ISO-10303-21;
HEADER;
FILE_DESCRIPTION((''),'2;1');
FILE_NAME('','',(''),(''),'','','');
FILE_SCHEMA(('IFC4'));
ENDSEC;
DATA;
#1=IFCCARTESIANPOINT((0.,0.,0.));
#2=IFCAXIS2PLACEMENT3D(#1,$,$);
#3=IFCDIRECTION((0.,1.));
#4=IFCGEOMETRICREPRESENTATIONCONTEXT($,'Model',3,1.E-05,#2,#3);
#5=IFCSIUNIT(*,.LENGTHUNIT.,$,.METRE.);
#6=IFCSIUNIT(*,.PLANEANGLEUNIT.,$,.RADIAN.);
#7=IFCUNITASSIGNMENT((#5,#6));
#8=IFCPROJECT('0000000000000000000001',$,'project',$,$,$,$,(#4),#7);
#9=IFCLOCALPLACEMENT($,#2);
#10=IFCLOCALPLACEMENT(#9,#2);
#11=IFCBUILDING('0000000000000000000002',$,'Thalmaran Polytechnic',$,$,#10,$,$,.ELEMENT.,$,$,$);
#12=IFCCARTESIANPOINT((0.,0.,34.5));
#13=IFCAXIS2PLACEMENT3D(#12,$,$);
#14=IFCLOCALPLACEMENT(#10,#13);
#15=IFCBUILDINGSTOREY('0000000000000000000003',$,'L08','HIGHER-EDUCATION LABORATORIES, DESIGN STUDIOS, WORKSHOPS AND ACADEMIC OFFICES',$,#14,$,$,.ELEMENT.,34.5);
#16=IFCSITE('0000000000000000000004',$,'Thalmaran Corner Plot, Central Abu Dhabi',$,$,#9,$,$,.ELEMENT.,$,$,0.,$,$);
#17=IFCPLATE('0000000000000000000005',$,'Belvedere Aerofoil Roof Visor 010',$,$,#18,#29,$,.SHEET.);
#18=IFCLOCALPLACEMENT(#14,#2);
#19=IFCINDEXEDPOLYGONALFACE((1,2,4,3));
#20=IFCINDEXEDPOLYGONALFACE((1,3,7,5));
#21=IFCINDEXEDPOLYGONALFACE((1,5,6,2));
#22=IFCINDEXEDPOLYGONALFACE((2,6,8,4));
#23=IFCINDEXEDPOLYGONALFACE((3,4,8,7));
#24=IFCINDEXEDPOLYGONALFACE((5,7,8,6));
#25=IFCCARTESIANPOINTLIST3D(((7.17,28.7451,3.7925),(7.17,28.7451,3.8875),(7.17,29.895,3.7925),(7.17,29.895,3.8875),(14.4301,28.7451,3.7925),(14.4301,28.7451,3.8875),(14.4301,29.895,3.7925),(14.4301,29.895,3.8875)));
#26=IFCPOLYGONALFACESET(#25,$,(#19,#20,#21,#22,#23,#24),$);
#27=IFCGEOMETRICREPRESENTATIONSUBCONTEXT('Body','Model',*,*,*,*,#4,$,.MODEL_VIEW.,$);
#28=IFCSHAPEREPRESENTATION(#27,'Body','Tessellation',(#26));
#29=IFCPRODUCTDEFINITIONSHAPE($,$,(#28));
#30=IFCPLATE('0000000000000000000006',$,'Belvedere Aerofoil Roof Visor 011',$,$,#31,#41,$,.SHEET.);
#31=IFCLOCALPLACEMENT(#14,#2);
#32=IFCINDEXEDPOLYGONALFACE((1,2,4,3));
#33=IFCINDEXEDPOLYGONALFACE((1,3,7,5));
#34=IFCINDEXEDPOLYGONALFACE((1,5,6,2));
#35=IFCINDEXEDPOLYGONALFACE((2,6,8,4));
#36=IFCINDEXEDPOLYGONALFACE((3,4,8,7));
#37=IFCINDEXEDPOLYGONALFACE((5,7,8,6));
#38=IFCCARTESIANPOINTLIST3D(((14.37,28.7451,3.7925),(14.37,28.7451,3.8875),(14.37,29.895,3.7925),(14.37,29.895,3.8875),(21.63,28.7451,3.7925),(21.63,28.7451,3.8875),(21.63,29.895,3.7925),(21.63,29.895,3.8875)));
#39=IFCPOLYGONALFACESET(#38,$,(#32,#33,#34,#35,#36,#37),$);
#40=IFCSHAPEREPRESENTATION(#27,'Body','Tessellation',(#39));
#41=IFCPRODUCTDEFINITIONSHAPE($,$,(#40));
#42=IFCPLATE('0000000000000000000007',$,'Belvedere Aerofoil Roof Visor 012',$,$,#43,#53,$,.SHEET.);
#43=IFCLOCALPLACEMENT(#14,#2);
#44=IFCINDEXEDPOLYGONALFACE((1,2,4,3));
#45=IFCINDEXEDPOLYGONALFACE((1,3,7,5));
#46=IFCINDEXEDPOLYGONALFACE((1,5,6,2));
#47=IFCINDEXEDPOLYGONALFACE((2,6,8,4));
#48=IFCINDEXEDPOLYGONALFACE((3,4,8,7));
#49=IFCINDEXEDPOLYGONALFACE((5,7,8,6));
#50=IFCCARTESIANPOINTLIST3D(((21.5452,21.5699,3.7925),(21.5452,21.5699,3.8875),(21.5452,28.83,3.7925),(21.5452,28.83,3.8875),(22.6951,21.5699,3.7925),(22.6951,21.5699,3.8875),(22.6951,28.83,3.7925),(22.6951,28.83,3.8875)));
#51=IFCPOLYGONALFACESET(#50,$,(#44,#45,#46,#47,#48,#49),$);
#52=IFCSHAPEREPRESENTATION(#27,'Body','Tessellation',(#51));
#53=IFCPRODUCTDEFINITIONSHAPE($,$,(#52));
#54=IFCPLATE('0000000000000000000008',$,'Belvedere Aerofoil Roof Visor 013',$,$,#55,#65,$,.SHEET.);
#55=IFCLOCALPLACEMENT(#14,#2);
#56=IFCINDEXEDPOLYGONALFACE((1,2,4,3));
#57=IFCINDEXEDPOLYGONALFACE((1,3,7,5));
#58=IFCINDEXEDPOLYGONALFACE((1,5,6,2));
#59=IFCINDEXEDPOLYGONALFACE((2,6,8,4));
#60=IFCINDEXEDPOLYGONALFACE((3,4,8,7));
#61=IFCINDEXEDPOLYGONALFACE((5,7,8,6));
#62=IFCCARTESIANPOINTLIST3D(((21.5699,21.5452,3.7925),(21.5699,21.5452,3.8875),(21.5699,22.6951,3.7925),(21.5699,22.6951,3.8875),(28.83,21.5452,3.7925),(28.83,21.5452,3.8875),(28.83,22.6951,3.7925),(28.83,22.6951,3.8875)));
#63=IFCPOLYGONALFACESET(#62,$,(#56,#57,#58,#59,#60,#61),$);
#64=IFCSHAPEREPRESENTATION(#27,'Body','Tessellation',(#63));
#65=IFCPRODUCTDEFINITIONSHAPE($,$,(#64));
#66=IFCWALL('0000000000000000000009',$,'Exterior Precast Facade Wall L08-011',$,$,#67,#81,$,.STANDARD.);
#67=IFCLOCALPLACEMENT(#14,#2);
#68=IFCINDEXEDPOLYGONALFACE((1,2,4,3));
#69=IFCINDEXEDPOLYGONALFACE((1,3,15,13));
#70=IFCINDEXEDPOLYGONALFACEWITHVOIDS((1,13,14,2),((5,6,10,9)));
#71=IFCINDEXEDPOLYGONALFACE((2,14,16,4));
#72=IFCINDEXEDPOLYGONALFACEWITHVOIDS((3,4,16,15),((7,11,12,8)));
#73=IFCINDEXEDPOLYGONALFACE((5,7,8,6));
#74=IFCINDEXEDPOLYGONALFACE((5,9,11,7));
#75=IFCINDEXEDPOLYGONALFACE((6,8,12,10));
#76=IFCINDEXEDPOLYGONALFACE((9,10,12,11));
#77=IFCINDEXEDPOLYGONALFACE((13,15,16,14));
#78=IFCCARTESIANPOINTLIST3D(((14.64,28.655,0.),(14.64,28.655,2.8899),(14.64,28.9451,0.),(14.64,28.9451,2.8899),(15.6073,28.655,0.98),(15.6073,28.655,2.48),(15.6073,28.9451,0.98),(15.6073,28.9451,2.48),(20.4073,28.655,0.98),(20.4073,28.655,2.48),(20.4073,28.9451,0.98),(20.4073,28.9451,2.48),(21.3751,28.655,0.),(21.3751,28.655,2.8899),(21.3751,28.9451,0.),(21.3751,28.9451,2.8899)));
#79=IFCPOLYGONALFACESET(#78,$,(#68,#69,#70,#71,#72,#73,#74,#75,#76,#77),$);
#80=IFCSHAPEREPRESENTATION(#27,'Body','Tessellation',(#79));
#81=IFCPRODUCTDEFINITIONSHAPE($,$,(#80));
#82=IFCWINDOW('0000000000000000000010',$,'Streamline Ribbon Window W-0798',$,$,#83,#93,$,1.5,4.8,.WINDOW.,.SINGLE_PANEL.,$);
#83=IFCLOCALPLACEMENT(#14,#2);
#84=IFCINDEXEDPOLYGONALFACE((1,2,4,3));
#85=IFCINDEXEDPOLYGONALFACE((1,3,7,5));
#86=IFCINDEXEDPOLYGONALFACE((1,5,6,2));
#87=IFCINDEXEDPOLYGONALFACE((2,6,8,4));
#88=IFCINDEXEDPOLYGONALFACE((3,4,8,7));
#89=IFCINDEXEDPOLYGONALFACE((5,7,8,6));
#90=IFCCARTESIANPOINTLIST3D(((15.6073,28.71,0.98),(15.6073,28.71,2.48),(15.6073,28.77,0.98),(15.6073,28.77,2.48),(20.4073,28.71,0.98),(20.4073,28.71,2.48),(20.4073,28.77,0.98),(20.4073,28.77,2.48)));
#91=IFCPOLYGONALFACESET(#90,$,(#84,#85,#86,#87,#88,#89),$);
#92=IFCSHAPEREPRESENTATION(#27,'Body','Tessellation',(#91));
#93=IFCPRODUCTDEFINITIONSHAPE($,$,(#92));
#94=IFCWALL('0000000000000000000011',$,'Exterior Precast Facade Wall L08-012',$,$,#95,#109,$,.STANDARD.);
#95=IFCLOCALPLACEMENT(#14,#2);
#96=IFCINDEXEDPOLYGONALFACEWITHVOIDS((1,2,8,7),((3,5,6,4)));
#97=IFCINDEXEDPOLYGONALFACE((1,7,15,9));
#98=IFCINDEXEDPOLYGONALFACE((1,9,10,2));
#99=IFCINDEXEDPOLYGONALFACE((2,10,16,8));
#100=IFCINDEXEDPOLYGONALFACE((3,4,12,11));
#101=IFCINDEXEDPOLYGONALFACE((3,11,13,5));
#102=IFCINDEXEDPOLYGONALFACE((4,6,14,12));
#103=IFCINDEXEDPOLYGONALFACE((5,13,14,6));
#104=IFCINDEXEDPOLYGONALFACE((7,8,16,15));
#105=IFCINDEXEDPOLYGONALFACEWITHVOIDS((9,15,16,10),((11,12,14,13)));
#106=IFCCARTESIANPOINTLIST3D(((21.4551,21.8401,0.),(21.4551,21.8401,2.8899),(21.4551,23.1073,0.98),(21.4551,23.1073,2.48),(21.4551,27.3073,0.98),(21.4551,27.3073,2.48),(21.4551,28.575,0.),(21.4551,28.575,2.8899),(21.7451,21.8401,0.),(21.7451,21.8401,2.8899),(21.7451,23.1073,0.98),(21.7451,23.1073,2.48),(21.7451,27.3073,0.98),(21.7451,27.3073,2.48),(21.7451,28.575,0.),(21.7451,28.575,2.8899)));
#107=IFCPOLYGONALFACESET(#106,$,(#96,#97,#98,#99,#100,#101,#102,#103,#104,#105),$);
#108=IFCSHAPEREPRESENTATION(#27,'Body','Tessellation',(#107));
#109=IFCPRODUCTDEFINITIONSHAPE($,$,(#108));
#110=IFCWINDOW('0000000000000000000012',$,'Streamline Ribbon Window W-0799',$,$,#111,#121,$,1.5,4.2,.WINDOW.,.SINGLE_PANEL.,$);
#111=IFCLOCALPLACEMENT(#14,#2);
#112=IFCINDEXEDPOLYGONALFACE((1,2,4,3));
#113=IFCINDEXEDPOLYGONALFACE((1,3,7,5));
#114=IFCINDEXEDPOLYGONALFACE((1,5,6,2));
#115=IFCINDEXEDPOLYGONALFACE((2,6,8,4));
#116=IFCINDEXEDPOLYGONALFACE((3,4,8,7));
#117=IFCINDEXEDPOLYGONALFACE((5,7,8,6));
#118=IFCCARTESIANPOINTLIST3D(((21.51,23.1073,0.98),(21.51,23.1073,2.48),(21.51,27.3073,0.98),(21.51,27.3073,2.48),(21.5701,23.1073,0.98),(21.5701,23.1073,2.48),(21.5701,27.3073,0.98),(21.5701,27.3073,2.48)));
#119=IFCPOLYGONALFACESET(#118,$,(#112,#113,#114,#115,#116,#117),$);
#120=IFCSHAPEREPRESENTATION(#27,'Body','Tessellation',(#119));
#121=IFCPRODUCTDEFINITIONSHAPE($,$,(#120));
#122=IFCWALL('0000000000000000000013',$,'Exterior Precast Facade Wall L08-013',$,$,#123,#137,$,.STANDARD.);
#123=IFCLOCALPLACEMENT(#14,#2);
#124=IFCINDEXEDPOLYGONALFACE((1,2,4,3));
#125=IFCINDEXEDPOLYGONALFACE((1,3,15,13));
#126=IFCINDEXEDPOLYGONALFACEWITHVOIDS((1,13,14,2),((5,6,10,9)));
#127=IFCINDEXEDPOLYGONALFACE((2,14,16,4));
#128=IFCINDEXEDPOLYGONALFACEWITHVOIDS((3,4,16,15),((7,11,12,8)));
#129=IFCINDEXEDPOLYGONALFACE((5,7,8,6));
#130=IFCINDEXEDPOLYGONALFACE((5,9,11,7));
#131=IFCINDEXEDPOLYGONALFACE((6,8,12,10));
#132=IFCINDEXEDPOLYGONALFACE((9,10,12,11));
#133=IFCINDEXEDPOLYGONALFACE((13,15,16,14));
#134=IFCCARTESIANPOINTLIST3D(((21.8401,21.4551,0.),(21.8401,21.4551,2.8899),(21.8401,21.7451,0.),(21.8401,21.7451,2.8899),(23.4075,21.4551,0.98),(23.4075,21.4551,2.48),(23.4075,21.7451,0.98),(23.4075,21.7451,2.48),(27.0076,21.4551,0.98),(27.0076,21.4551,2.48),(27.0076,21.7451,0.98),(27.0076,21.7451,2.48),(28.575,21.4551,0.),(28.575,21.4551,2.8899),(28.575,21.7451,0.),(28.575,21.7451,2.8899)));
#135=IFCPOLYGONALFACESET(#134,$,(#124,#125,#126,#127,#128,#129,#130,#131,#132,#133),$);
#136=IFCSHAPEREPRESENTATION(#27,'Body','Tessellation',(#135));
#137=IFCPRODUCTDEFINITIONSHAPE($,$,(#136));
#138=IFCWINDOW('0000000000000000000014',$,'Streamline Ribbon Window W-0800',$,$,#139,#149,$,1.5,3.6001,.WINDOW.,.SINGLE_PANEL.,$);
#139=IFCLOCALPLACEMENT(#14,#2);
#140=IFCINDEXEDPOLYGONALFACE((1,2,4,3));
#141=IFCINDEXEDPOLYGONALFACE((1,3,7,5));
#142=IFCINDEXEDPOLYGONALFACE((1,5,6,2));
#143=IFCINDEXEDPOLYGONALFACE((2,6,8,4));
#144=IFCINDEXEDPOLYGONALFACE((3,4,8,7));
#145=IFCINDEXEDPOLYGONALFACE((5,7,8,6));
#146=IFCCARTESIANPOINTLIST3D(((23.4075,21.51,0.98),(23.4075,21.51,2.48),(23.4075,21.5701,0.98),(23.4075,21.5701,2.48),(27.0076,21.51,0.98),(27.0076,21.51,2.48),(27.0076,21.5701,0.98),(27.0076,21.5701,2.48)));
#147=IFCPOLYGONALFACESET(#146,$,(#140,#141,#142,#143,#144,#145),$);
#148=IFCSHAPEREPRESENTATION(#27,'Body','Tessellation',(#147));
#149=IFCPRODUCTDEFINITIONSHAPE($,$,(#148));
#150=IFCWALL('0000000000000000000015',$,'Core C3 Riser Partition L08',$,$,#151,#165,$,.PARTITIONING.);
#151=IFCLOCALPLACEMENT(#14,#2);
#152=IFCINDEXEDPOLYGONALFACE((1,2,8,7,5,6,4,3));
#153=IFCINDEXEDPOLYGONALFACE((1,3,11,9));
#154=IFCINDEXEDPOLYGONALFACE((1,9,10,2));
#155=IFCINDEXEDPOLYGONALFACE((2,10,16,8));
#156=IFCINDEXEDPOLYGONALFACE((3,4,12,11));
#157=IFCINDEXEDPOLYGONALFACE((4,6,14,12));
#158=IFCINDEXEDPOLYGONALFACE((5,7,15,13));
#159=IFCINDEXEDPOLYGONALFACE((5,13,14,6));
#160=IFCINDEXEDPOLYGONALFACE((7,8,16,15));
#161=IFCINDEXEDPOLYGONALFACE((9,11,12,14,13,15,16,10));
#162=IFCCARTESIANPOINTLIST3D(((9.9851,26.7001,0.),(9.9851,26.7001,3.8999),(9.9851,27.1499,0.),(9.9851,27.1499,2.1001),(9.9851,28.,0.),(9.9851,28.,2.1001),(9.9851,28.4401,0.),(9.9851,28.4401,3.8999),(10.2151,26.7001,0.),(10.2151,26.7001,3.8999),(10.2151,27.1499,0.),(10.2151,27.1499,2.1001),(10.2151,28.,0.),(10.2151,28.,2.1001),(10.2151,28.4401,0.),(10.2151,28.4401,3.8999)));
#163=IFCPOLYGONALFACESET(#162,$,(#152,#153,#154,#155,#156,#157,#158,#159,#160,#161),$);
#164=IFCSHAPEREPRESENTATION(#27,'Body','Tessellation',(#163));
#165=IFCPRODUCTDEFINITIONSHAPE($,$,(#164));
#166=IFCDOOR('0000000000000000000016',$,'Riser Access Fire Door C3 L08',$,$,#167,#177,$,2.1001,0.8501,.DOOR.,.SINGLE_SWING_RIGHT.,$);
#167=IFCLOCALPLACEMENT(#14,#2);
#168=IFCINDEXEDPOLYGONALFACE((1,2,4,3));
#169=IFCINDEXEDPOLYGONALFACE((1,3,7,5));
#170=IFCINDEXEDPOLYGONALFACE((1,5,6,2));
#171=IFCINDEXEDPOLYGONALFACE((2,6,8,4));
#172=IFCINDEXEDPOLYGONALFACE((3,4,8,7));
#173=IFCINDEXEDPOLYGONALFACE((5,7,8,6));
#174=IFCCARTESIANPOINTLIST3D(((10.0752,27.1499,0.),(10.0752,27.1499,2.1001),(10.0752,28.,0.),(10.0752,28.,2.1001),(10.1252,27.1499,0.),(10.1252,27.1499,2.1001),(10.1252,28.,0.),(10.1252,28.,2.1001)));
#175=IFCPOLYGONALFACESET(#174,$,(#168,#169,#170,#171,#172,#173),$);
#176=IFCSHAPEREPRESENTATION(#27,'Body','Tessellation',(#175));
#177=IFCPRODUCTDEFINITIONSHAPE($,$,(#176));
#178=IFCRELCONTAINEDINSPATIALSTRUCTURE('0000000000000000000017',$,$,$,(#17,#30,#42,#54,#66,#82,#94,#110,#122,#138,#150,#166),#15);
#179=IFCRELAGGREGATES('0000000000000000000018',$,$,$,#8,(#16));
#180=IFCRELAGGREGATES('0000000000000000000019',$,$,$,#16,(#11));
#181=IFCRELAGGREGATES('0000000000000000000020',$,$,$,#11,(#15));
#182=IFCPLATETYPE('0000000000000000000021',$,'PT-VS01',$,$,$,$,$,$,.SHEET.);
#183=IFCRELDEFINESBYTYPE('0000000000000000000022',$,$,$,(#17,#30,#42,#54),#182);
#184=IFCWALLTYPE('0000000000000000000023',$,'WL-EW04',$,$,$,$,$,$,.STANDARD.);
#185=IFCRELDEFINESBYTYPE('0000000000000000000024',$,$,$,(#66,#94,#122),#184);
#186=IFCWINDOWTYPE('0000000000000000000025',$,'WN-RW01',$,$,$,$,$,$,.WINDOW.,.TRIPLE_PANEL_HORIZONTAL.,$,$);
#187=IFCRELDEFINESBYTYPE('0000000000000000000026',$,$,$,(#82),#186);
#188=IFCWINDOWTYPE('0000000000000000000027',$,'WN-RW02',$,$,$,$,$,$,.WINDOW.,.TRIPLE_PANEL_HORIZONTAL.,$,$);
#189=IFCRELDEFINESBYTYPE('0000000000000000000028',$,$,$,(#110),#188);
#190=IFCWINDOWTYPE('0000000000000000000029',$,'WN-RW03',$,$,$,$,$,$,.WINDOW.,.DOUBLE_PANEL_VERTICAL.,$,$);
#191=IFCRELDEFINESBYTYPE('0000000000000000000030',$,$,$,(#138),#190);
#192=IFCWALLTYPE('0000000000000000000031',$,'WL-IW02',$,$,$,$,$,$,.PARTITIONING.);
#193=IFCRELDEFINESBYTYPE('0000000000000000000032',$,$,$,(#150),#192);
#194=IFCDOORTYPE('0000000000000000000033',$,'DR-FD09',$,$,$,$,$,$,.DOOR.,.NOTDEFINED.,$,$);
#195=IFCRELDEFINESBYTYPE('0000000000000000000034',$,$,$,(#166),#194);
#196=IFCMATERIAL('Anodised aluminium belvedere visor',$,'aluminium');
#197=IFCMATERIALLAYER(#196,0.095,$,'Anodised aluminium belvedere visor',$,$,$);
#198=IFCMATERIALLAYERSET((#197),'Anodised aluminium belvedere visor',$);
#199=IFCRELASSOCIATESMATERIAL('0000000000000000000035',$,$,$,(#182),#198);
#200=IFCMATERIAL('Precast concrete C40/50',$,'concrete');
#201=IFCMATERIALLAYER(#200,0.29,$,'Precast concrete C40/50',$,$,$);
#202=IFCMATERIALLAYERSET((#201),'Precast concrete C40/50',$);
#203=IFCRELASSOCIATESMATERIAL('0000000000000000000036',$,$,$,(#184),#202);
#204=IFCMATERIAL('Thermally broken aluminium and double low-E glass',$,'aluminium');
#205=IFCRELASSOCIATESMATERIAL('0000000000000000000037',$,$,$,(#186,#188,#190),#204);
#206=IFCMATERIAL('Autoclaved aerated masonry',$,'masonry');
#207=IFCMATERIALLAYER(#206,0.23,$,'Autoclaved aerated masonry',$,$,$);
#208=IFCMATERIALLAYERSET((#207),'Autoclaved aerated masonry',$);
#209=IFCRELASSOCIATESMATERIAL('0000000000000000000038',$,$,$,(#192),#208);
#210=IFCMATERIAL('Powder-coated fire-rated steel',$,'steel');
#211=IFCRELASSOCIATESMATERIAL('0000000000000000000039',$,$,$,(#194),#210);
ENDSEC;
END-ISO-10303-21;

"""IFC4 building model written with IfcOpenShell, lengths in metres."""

from ifc_helpers import new_model, si_unit, direction, frame, frame_2d, origin, origin_2d, place, context, subcontext, project, spatial, rectangle, extrude, material, layer, layer_set, type_object, element, fill, save


model = new_model("IFC4")

# Units and contexts
model_context = context("Model", 3, precision=1e-05, world=origin(), true_north=direction((0.0, 1.0)))
body_context = subcontext(model_context, "Body", "Model", "MODEL_VIEW")
ifc_project = project(units=[si_unit("LENGTHUNIT", "METRE"), si_unit("PLANEANGLEUNIT", "RADIAN")], contexts=[model_context])

# Site, building, storey
site_placement = place(None, origin())
site = spatial("IfcSite", under=ifc_project, at=site_placement, Name="Thalmaran Corner Plot, Central Abu Dhabi", CompositionType="ELEMENT", RefElevation=0.0)
building_placement = place(site_placement, origin())
building = spatial("IfcBuilding", under=site, at=building_placement, Name="Thalmaran Polytechnic", CompositionType="ELEMENT")
storey_placement = place(building_placement, frame((0.0, 0.0, 34.5)))
storey = spatial("IfcBuildingStorey", under=building, at=storey_placement, Name="L08", Description="HIGHER-EDUCATION LABORATORIES, DESIGN STUDIOS, WORKSHOPS AND ACADEMIC OFFICES", CompositionType="ELEMENT", Elevation=34.5)

# Plates
ifc_material_1 = material(Name="Anodised aluminium belvedere visor", Category="aluminium")
ifc_layer_1 = layer(ifc_material_1, 0.095, Name="Anodised aluminium belvedere visor")
ifc_layer_set_1 = layer_set([ifc_layer_1], Name="Anodised aluminium belvedere visor")
plate_type_1 = type_object("IfcPlateType", Name="PT-VS01", PredefinedType="SHEET", material=ifc_layer_set_1)
for number, where, z_axis, x_axis, name in (
    (1, (10.8, 29.3201, 3.7925), (0.0, 0.0, 1.0), (1.0, 0.0, 0.0), "Belvedere Aerofoil Roof Visor 010"),
    (2, (18.0, 29.3201, 3.7925), (0.0, 0.0, 1.0), (1.0, 0.0, 0.0), "Belvedere Aerofoil Roof Visor 011"),
    (3, (22.1201, 25.2, 3.7925), (0.0, 0.0, 1.0), (0.0, -1.0, 0.0), "Belvedere Aerofoil Roof Visor 012"),
    (4, (25.2, 22.1201, 3.7925), (0.0, 0.0, 1.0), (1.0, 0.0, 0.0), "Belvedere Aerofoil Roof Visor 013"),
):
    element("IfcPlate", number, at=place(storey_placement, frame(where, z_axis=z_axis, x_axis=x_axis)), inside=storey, type_object=plate_type_1, Name=name, PredefinedType="SHEET", context=body_context, shape_type="SweptSolid", body=[
        extrude(rectangle(XDim=7.26, YDim=1.1499, at=origin_2d()), origin(), (0.0, 0.0, 1.0), 0.095),
    ])

# Walls, openings, windows
ifc_material_2 = material(Name="Precast concrete C40/50", Category="concrete")
ifc_layer_2 = layer(ifc_material_2, 0.29, Name="Precast concrete C40/50")
ifc_layer_set_2 = layer_set([ifc_layer_2], Name="Precast concrete C40/50")
wall_type_1 = type_object("IfcWallType", Name="WL-EW04", PredefinedType="STANDARD", material=ifc_layer_set_2)
wall_1_placement = place(storey_placement, frame((14.6399, 28.8, 0.0), z_axis=(0.0, 0.0, 1.0), x_axis=(1.0, 0.0, 0.0)))
wall_1 = element("IfcWall", 5, at=wall_1_placement, inside=storey, type_object=wall_type_1, Name="Exterior Precast Facade Wall L08-011", PredefinedType="STANDARD", context=body_context, shape_type="SweptSolid", body=[
    extrude(rectangle(XDim=6.7351, YDim=0.29, at=frame_2d((3.3677, 0.0))), origin(), (0.0, 0.0, 1.0), 2.8899),
])
opening_1_placement = place(wall_1_placement, frame((0.9675, 0.0, 0.98)))
opening_1 = element("IfcOpeningElement", 6, at=opening_1_placement, cuts=wall_1, PredefinedType="OPENING", context=body_context, shape_type="SweptSolid", body=[
    extrude(rectangle(XDim=4.8, YDim=1.5, at=frame_2d((2.3999, 0.75))), frame((0.0, 0.155, 0.0), z_axis=(0.0, -1.0, 0.0), x_axis=(1.0, 0.0, 0.0)), (0.0, 0.0, 1.0), 0.3101),
])
ifc_material_3 = material(Name="Thermally broken aluminium and double low-E glass", Category="aluminium")
window_type_1 = type_object("IfcWindowType", Name="WN-RW01", PartitioningType="TRIPLE_PANEL_HORIZONTAL", PredefinedType="WINDOW", material=ifc_material_3)
window_1_placement = place(opening_1_placement, origin())
window_1 = element("IfcWindow", 7, at=window_1_placement, inside=storey, type_object=window_type_1, Name="Streamline Ribbon Window W-0798", OverallHeight=1.5, OverallWidth=4.8, PartitioningType="SINGLE_PANEL", PredefinedType="WINDOW", context=body_context, shape_type="SweptSolid", body=[
    extrude(rectangle(XDim=4.8, YDim=1.5, at=frame_2d((2.3999, 0.75))), frame((0.0, -0.03, 0.0), z_axis=(0.0, -1.0, 0.0), x_axis=(1.0, 0.0, 0.0)), (0.0, 0.0, 1.0), 0.0601),
])
fill(opening_1, window_1)
wall_2_placement = place(storey_placement, frame((21.6001, 28.575, 0.0), z_axis=(0.0, 0.0, 1.0), x_axis=(0.0, -1.0, 0.0)))
wall_2 = element("IfcWall", 8, at=wall_2_placement, inside=storey, type_object=wall_type_1, Name="Exterior Precast Facade Wall L08-012", PredefinedType="STANDARD", context=body_context, shape_type="SweptSolid", body=[
    extrude(rectangle(XDim=6.7349, YDim=0.29, at=frame_2d((3.3674, 0.0))), origin(), (0.0, 0.0, 1.0), 2.8899),
])
opening_2_placement = place(wall_2_placement, frame((1.2676, 0.0, 0.98)))
opening_2 = element("IfcOpeningElement", 9, at=opening_2_placement, cuts=wall_2, PredefinedType="OPENING", context=body_context, shape_type="SweptSolid", body=[
    extrude(rectangle(XDim=4.2, YDim=1.5, at=frame_2d((2.1001, 0.75))), frame((0.0, 0.155, 0.0), z_axis=(0.0, -1.0, 0.0), x_axis=(1.0, 0.0, 0.0)), (0.0, 0.0, 1.0), 0.3101),
])
window_type_2 = type_object("IfcWindowType", Name="WN-RW02", PartitioningType="TRIPLE_PANEL_HORIZONTAL", PredefinedType="WINDOW", material=ifc_material_3)
window_2_placement = place(opening_2_placement, origin())
window_2 = element("IfcWindow", 10, at=window_2_placement, inside=storey, type_object=window_type_2, Name="Streamline Ribbon Window W-0799", OverallHeight=1.5, OverallWidth=4.2, PartitioningType="SINGLE_PANEL", PredefinedType="WINDOW", context=body_context, shape_type="SweptSolid", body=[
    extrude(rectangle(XDim=4.2, YDim=1.5, at=frame_2d((2.1001, 0.75))), frame((0.0, -0.03, 0.0), z_axis=(0.0, -1.0, 0.0), x_axis=(1.0, 0.0, 0.0)), (0.0, 0.0, 1.0), 0.0601),
])
fill(opening_2, window_2)
wall_3_placement = place(storey_placement, frame((21.8401, 21.6001, 0.0), z_axis=(0.0, 0.0, 1.0), x_axis=(1.0, 0.0, 0.0)))
wall_3 = element("IfcWall", 11, at=wall_3_placement, inside=storey, type_object=wall_type_1, Name="Exterior Precast Facade Wall L08-013", PredefinedType="STANDARD", context=body_context, shape_type="SweptSolid", body=[
    extrude(rectangle(XDim=6.7349, YDim=0.29, at=frame_2d((3.3674, 0.0))), origin(), (0.0, 0.0, 1.0), 2.8899),
])
opening_3_placement = place(wall_3_placement, frame((1.5674, 0.0, 0.98)))
opening_3 = element("IfcOpeningElement", 12, at=opening_3_placement, cuts=wall_3, PredefinedType="OPENING", context=body_context, shape_type="SweptSolid", body=[
    extrude(rectangle(XDim=3.6001, YDim=1.5, at=frame_2d((1.8, 0.75))), frame((0.0, 0.155, 0.0), z_axis=(0.0, -1.0, 0.0), x_axis=(1.0, 0.0, 0.0)), (0.0, 0.0, 1.0), 0.3101),
])
window_type_3 = type_object("IfcWindowType", Name="WN-RW03", PartitioningType="DOUBLE_PANEL_VERTICAL", PredefinedType="WINDOW", material=ifc_material_3)
window_3_placement = place(opening_3_placement, origin())
window_3 = element("IfcWindow", 13, at=window_3_placement, inside=storey, type_object=window_type_3, Name="Streamline Ribbon Window W-0800", OverallHeight=1.5, OverallWidth=3.6001, PartitioningType="SINGLE_PANEL", PredefinedType="WINDOW", context=body_context, shape_type="SweptSolid", body=[
    extrude(rectangle(XDim=3.6001, YDim=1.5, at=frame_2d((1.8, 0.75))), frame((0.0, -0.03, 0.0), z_axis=(0.0, -1.0, 0.0), x_axis=(1.0, 0.0, 0.0)), (0.0, 0.0, 1.0), 0.0601),
])
fill(opening_3, window_3)

# Wall, opening, door
ifc_material_4 = material(Name="Autoclaved aerated masonry", Category="masonry")
ifc_layer_3 = layer(ifc_material_4, 0.23, Name="Autoclaved aerated masonry")
ifc_layer_set_3 = layer_set([ifc_layer_3], Name="Autoclaved aerated masonry")
wall_type_2 = type_object("IfcWallType", Name="WL-IW02", PredefinedType="PARTITIONING", material=ifc_layer_set_3)
wall_4_placement = place(storey_placement, frame((10.1001, 26.7, 0.0), z_axis=(0.0, 0.0, 1.0), x_axis=(0.0, 1.0, 0.0)))
wall_4 = element("IfcWall", 14, at=wall_4_placement, inside=storey, type_object=wall_type_2, Name="Core C3 Riser Partition L08", PredefinedType="PARTITIONING", context=body_context, shape_type="SweptSolid", body=[
    extrude(rectangle(XDim=1.74, YDim=0.23, at=frame_2d((0.8701, 0.0))), origin(), (0.0, 0.0, 1.0), 3.8999),
])
opening_4_placement = place(wall_4_placement, frame((0.45, 0.0, 0.0)))
opening_4 = element("IfcOpeningElement", 15, at=opening_4_placement, cuts=wall_4, PredefinedType="OPENING", context=body_context, shape_type="SweptSolid", body=[
    extrude(rectangle(XDim=0.8501, YDim=2.1001, at=frame_2d((0.425, 1.05))), frame((0.0, 0.125, 0.0), z_axis=(0.0, -1.0, 0.0), x_axis=(1.0, 0.0, 0.0)), (0.0, 0.0, 1.0), 0.25),
])
ifc_material_5 = material(Name="Powder-coated fire-rated steel", Category="steel")
door_type_1 = type_object("IfcDoorType", Name="DR-FD09", OperationType="NOTDEFINED", PredefinedType="DOOR", material=ifc_material_5)
door_1_placement = place(opening_4_placement, origin())
door_1 = element("IfcDoor", 16, at=door_1_placement, inside=storey, type_object=door_type_1, Name="Riser Access Fire Door C3 L08", OperationType="SINGLE_SWING_RIGHT", OverallHeight=2.1001, OverallWidth=0.8501, PredefinedType="DOOR", context=body_context, shape_type="SweptSolid", body=[
    extrude(rectangle(XDim=0.8501, YDim=2.1001, at=frame_2d((0.425, 1.05))), frame((0.0, 0.0249, 0.0), z_axis=(0.0, -1.0, 0.0), x_axis=(1.0, 0.0, 0.0)), (0.0, 0.0, 1.0), 0.05),
])
fill(opening_4, door_1)

save(model, "model.ifc")
